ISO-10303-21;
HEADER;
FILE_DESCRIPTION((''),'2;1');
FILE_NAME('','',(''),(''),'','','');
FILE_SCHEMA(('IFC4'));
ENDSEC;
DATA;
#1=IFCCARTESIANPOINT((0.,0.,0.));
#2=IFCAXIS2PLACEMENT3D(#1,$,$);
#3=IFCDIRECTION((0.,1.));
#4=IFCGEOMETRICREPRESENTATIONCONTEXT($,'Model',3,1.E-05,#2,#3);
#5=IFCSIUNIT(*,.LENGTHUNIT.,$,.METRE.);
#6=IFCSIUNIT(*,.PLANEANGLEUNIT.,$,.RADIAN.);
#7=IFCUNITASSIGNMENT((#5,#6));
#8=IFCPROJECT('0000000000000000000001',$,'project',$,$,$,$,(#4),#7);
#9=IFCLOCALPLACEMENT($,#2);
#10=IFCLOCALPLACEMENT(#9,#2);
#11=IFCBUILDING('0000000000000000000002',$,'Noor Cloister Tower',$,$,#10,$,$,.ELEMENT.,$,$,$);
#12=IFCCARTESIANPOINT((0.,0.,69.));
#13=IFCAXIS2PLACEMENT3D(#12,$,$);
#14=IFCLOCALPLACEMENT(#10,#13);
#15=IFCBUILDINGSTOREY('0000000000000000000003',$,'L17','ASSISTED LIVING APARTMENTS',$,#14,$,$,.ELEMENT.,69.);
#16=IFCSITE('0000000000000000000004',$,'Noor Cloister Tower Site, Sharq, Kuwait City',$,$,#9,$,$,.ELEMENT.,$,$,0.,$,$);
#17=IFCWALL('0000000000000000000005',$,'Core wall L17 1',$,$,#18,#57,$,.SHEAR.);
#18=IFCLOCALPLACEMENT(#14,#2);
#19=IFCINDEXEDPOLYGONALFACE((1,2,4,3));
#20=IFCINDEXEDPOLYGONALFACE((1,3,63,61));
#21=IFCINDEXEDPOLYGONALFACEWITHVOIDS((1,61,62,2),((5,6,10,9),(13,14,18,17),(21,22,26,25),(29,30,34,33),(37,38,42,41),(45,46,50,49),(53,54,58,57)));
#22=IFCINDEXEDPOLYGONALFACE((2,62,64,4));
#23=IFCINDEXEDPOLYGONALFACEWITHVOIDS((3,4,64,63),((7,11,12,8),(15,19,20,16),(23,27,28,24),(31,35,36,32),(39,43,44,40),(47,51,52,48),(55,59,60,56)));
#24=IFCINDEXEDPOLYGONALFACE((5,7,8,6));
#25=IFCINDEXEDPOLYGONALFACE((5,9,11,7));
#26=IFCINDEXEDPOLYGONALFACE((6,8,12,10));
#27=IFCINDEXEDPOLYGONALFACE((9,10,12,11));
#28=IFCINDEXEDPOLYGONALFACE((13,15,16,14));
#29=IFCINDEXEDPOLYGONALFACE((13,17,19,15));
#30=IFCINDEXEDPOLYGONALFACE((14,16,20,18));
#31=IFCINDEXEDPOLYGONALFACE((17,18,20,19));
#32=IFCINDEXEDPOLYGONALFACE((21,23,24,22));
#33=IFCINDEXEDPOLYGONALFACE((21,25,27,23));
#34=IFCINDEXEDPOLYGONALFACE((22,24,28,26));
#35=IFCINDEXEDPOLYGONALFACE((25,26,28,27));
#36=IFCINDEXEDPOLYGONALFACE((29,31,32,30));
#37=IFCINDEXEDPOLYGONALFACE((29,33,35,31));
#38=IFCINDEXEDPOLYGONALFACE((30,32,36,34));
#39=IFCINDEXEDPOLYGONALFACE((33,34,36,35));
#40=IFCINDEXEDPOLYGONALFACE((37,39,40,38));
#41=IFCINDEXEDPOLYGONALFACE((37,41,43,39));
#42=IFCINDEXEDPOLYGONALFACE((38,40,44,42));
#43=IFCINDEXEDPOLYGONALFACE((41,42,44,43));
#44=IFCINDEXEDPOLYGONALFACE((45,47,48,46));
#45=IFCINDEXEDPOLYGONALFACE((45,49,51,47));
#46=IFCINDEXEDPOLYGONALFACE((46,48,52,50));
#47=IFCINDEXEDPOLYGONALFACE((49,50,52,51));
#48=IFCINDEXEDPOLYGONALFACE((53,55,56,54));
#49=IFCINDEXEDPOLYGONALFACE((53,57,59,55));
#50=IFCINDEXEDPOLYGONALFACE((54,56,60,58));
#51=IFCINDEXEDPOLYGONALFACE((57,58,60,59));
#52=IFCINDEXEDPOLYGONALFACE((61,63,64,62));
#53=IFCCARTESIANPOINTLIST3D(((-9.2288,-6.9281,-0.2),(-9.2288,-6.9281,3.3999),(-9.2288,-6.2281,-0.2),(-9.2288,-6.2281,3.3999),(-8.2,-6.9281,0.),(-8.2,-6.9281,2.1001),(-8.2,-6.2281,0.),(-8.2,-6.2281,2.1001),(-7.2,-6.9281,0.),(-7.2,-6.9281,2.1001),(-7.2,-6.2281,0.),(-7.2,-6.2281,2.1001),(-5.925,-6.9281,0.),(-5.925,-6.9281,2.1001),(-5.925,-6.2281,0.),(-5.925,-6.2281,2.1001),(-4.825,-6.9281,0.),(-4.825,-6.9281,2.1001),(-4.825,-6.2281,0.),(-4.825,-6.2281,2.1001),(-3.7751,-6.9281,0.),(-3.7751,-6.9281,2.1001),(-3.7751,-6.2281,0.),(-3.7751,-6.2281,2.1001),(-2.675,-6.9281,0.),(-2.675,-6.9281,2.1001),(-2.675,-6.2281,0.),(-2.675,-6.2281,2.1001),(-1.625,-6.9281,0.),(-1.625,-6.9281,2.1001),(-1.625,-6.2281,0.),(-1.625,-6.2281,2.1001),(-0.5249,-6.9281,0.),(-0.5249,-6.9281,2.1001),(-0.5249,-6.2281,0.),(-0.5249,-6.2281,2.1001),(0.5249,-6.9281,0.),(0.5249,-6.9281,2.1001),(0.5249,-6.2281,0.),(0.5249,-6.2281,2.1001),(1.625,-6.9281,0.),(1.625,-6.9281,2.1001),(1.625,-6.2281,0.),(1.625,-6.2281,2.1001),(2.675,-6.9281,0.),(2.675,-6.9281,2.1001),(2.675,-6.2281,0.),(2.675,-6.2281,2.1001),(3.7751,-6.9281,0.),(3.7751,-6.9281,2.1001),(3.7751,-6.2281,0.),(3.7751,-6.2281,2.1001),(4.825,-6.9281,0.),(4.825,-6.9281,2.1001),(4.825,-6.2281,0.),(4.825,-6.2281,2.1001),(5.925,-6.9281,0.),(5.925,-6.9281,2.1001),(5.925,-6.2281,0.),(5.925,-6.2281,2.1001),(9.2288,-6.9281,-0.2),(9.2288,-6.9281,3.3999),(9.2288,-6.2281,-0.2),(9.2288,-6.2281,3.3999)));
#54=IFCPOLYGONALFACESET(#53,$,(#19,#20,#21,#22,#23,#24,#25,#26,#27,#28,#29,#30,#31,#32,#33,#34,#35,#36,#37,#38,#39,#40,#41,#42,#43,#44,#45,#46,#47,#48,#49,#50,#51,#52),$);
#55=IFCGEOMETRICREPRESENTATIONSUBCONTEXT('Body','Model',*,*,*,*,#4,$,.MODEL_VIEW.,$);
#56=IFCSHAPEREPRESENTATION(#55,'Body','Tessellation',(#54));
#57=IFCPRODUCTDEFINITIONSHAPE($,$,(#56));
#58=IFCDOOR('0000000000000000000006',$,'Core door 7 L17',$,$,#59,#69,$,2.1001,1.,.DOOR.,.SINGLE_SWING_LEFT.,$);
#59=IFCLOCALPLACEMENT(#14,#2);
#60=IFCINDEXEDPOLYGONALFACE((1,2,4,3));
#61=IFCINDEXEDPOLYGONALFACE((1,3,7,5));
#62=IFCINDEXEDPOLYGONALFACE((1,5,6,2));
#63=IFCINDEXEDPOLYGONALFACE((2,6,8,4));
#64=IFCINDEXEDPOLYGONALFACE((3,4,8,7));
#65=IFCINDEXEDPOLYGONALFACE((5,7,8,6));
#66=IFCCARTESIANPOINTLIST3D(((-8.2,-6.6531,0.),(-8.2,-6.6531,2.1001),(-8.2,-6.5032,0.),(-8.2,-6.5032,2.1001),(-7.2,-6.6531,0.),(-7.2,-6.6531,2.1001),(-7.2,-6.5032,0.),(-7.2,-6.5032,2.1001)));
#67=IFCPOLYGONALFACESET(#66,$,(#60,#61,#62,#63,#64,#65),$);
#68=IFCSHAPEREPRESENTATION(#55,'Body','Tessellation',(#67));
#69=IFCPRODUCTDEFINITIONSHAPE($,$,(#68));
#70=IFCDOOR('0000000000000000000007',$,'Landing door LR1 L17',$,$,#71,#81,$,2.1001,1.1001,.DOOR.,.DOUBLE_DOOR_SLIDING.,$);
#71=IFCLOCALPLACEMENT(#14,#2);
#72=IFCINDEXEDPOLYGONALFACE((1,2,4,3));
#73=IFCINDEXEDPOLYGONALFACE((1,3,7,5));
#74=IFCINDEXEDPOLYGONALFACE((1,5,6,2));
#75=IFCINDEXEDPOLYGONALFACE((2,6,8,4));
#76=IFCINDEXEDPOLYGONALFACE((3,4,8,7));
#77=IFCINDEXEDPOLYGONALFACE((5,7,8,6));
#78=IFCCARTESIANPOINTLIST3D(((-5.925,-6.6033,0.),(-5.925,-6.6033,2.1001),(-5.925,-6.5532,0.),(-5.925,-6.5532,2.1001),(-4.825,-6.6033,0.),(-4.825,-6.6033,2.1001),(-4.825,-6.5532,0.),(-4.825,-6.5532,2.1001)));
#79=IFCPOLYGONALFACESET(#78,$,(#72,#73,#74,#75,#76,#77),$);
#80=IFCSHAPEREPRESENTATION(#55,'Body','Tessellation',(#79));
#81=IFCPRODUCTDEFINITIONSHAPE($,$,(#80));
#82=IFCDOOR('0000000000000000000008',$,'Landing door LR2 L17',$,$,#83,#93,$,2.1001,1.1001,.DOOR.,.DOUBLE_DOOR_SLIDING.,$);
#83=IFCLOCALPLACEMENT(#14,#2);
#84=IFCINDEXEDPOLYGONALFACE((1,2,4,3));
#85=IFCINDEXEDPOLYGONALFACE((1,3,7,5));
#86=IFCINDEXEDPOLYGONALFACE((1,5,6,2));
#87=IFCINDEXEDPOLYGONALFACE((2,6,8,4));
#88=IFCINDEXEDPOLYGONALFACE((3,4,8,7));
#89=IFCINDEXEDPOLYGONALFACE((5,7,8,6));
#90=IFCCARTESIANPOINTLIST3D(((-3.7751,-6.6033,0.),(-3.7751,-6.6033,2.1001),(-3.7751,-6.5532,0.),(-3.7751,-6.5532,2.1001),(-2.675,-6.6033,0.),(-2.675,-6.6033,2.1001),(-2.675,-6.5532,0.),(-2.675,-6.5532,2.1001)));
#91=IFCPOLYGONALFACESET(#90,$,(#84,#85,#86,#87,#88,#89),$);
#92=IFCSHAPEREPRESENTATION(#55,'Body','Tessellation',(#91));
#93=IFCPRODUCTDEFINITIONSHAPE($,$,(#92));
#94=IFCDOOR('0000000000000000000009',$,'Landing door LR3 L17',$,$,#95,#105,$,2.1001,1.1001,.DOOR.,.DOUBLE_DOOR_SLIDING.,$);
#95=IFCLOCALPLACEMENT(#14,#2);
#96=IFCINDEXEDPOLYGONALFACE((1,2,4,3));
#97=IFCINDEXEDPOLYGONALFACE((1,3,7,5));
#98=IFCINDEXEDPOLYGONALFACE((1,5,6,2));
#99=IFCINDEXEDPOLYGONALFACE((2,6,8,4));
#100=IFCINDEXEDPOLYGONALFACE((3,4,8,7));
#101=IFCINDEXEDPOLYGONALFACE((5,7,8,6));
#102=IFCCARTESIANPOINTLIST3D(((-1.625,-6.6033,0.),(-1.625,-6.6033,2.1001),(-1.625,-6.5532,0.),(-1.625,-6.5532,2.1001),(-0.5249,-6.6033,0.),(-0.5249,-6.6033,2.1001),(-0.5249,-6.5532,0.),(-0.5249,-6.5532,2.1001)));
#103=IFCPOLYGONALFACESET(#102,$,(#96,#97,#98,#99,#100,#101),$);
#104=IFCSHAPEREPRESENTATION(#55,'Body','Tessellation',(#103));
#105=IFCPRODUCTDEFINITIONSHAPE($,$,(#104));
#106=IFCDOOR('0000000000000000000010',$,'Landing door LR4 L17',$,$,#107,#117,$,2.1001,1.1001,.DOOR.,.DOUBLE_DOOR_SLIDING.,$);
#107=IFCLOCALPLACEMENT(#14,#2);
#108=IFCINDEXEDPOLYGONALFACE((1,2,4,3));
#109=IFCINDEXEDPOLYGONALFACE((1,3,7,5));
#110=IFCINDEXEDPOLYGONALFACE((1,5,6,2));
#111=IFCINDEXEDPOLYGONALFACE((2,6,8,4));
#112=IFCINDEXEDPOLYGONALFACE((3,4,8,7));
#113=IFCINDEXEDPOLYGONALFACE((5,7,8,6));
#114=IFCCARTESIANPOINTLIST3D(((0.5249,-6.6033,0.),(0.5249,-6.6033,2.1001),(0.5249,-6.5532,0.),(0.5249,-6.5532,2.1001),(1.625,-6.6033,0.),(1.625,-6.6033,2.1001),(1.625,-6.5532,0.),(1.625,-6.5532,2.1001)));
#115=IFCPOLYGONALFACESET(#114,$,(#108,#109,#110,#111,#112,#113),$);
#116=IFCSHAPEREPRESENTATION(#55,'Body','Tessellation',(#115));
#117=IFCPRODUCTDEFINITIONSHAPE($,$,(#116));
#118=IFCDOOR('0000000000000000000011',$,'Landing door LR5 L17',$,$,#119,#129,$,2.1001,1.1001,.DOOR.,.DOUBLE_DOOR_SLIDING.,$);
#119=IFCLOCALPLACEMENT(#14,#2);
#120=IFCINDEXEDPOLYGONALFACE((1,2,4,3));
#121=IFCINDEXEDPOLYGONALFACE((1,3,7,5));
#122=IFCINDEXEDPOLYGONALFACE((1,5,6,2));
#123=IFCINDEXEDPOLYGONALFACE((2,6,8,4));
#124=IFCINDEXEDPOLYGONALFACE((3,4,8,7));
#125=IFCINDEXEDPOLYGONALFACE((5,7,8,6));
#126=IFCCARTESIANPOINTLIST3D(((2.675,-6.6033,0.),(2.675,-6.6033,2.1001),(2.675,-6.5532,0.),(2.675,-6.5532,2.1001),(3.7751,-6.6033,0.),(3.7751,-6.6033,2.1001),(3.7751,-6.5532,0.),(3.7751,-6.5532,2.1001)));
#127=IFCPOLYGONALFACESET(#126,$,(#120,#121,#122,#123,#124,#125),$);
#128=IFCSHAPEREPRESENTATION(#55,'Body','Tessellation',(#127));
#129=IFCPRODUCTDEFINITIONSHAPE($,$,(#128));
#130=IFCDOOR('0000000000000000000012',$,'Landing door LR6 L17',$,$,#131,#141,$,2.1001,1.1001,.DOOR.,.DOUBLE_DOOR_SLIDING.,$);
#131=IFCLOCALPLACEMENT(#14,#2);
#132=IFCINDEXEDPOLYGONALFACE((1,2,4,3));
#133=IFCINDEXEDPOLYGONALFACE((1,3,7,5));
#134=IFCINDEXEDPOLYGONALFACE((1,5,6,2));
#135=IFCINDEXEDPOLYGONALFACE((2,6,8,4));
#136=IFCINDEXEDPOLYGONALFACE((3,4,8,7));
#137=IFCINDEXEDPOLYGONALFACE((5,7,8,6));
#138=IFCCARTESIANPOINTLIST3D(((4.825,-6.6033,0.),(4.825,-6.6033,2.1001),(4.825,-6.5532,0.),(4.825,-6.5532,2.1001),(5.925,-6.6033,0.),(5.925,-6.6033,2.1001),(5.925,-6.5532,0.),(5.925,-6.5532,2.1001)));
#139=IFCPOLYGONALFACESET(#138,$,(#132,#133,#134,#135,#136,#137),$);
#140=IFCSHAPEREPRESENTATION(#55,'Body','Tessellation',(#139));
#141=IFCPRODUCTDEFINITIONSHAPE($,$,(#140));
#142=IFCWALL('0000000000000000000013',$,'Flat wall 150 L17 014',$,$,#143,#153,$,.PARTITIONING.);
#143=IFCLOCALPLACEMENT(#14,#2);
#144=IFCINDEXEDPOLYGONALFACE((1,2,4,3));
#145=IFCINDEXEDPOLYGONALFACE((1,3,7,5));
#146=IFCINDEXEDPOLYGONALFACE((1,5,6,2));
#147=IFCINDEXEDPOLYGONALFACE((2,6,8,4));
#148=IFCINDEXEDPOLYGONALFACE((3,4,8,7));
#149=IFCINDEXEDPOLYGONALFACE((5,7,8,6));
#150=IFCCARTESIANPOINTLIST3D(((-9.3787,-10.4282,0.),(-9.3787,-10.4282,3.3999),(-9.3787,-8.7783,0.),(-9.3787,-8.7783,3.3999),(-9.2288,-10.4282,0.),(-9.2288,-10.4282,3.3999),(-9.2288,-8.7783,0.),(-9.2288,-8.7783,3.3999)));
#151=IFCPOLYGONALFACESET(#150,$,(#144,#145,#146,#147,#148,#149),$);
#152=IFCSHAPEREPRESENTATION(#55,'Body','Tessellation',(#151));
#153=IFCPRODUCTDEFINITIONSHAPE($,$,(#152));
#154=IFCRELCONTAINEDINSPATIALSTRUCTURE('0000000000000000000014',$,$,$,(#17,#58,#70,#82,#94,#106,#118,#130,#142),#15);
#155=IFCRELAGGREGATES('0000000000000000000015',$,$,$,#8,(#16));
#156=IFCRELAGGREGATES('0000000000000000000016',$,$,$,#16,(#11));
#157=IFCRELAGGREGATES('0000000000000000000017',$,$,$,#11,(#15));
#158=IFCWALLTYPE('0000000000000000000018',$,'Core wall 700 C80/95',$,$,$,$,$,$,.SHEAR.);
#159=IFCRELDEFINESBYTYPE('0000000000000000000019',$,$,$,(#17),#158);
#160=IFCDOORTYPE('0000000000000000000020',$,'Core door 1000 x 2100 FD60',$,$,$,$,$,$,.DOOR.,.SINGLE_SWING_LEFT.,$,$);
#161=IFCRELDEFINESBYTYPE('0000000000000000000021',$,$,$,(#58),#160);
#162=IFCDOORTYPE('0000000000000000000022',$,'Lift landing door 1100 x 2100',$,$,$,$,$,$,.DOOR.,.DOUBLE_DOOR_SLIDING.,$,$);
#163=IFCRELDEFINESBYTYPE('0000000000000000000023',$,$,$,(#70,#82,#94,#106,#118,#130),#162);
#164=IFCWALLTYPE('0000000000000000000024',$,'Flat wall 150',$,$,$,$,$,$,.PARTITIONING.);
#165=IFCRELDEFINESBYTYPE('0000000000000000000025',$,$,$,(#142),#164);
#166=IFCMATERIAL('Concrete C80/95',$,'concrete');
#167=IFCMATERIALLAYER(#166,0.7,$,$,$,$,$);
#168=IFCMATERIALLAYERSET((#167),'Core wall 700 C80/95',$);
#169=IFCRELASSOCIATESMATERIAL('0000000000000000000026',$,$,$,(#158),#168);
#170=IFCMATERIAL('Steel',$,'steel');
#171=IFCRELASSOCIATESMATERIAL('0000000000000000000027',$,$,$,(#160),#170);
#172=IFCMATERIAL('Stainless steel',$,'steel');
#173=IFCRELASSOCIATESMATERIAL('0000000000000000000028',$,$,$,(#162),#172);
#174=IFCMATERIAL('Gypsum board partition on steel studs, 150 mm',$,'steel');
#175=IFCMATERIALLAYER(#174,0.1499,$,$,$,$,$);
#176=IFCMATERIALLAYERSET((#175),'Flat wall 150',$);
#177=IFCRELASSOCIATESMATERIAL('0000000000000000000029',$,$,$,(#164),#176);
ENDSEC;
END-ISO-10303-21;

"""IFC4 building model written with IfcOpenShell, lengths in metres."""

from ifc_helpers import new_model, si_unit, direction, frame, frame_2d, origin, place, context, subcontext, project, spatial, rectangle, extrude, material, layer, layer_set, type_object, element, fill, save


model = new_model("IFC4")

# Units and contexts
model_context = context("Model", 3, precision=1e-05, world=origin(), true_north=direction((0.0, 1.0)))
body_context = subcontext(model_context, "Body", "Model", "MODEL_VIEW")
ifc_project = project(units=[si_unit("LENGTHUNIT", "METRE"), si_unit("PLANEANGLEUNIT", "RADIAN")], contexts=[model_context])

# Site, building, storey
site_placement = place(None, origin())
site = spatial("IfcSite", under=ifc_project, at=site_placement, Name="Noor Cloister Tower Site, Sharq, Kuwait City", CompositionType="ELEMENT", RefElevation=0.0)
building_placement = place(site_placement, origin())
building = spatial("IfcBuilding", under=site, at=building_placement, Name="Noor Cloister Tower", CompositionType="ELEMENT")
storey_placement = place(building_placement, frame((0.0, 0.0, 69.0)))
storey = spatial("IfcBuildingStorey", under=building, at=storey_placement, Name="L17", Description="ASSISTED LIVING APARTMENTS", CompositionType="ELEMENT", Elevation=69.0)

# Wall, openings, doors
ifc_material_1 = material(Name="Concrete C80/95", Category="concrete")
ifc_layer_1 = layer(ifc_material_1, 0.7)
ifc_layer_set_1 = layer_set([ifc_layer_1], Name="Core wall 700 C80/95")
wall_type_1 = type_object("IfcWallType", Name="Core wall 700 C80/95", PredefinedType="SHEAR", material=ifc_layer_set_1)
wall_1_placement = place(storey_placement, frame((-9.2288, -6.5781, -0.2), z_axis=(0.0, 0.0, 1.0), x_axis=(1.0, 0.0, 0.0)))
wall_1 = element("IfcWall", 1, at=wall_1_placement, inside=storey, type_object=wall_type_1, Name="Core wall L17 1", PredefinedType="SHEAR", context=body_context, shape_type="SweptSolid", body=[
    extrude(rectangle(XDim=18.4575, YDim=0.7, at=frame_2d((9.2288, 0.0))), origin(), (0.0, 0.0, 1.0), 3.5999),
])
opening_1_placement = place(wall_1_placement, frame((3.3037, 0.0, 0.2)))
opening_1 = element("IfcOpeningElement", 2, at=opening_1_placement, cuts=wall_1, PredefinedType="OPENING", context=body_context, shape_type="SweptSolid", body=[
    extrude(rectangle(XDim=1.1001, YDim=2.1001, at=frame_2d((0.55, 1.05))), frame((0.0, 0.3599, 0.0), z_axis=(0.0, -1.0, 0.0), x_axis=(1.0, 0.0, 0.0)), (0.0, 0.0, 1.0), 0.72),
])
opening_2_placement = place(wall_1_placement, frame((5.4536, 0.0, 0.2)))
opening_2 = element("IfcOpeningElement", 3, at=opening_2_placement, cuts=wall_1, PredefinedType="OPENING", context=body_context, shape_type="SweptSolid", body=[
    extrude(rectangle(XDim=1.1001, YDim=2.1001, at=frame_2d((0.55, 1.05))), frame((0.0, 0.3599, 0.0), z_axis=(0.0, -1.0, 0.0), x_axis=(1.0, 0.0, 0.0)), (0.0, 0.0, 1.0), 0.72),
])
opening_3_placement = place(wall_1_placement, frame((7.6038, 0.0, 0.2)))
opening_3 = element("IfcOpeningElement", 4, at=opening_3_placement, cuts=wall_1, PredefinedType="OPENING", context=body_context, shape_type="SweptSolid", body=[
    extrude(rectangle(XDim=1.1001, YDim=2.1001, at=frame_2d((0.55, 1.05))), frame((0.0, 0.3599, 0.0), z_axis=(0.0, -1.0, 0.0), x_axis=(1.0, 0.0, 0.0)), (0.0, 0.0, 1.0), 0.72),
])
opening_4_placement = place(wall_1_placement, frame((9.7537, 0.0, 0.2)))
opening_4 = element("IfcOpeningElement", 5, at=opening_4_placement, cuts=wall_1, PredefinedType="OPENING", context=body_context, shape_type="SweptSolid", body=[
    extrude(rectangle(XDim=1.1001, YDim=2.1001, at=frame_2d((0.55, 1.05))), frame((0.0, 0.3599, 0.0), z_axis=(0.0, -1.0, 0.0), x_axis=(1.0, 0.0, 0.0)), (0.0, 0.0, 1.0), 0.72),
])
opening_5_placement = place(wall_1_placement, frame((11.9038, 0.0, 0.2)))
opening_5 = element("IfcOpeningElement", 6, at=opening_5_placement, cuts=wall_1, PredefinedType="OPENING", context=body_context, shape_type="SweptSolid", body=[
    extrude(rectangle(XDim=1.1001, YDim=2.1001, at=frame_2d((0.55, 1.05))), frame((0.0, 0.3599, 0.0), z_axis=(0.0, -1.0, 0.0), x_axis=(1.0, 0.0, 0.0)), (0.0, 0.0, 1.0), 0.72),
])
opening_6_placement = place(wall_1_placement, frame((14.0537, 0.0, 0.2)))
opening_6 = element("IfcOpeningElement", 7, at=opening_6_placement, cuts=wall_1, PredefinedType="OPENING", context=body_context, shape_type="SweptSolid", body=[
    extrude(rectangle(XDim=1.1001, YDim=2.1001, at=frame_2d((0.55, 1.05))), frame((0.0, 0.3599, 0.0), z_axis=(0.0, -1.0, 0.0), x_axis=(1.0, 0.0, 0.0)), (0.0, 0.0, 1.0), 0.72),
])
opening_7_placement = place(wall_1_placement, frame((1.0288, 0.0, 0.2)))
opening_7 = element("IfcOpeningElement", 8, at=opening_7_placement, cuts=wall_1, PredefinedType="OPENING", context=body_context, shape_type="SweptSolid", body=[
    extrude(rectangle(XDim=1.0, YDim=2.1001, at=frame_2d((0.5, 1.05))), frame((0.0, 0.3599, 0.0), z_axis=(0.0, -1.0, 0.0), x_axis=(1.0, 0.0, 0.0)), (0.0, 0.0, 1.0), 0.72),
])
ifc_material_2 = material(Name="Steel", Category="steel")
door_type_1 = type_object("IfcDoorType", Name="Core door 1000 x 2100 FD60", OperationType="SINGLE_SWING_LEFT", PredefinedType="DOOR", material=ifc_material_2)
door_1_placement = place(opening_7_placement, origin())
door_1 = element("IfcDoor", 9, at=door_1_placement, inside=storey, type_object=door_type_1, Name="Core door 7 L17", OperationType="SINGLE_SWING_LEFT", OverallHeight=2.1001, OverallWidth=1.0, PredefinedType="DOOR", context=body_context, shape_type="SweptSolid", body=[
    extrude(rectangle(XDim=1.0, YDim=2.1001, at=frame_2d((0.5, 1.05))), frame((0.0, 0.075, 0.0), z_axis=(0.0, -1.0, 0.0), x_axis=(1.0, 0.0, 0.0)), (0.0, 0.0, 1.0), 0.1499),
])
fill(opening_7, door_1)
ifc_material_3 = material(Name="Stainless steel", Category="steel")
door_type_2 = type_object("IfcDoorType", Name="Lift landing door 1100 x 2100", OperationType="DOUBLE_DOOR_SLIDING", PredefinedType="DOOR", material=ifc_material_3)
door_2_placement = place(opening_1_placement, origin())
door_2 = element("IfcDoor", 10, at=door_2_placement, inside=storey, type_object=door_type_2, Name="Landing door LR1 L17", OperationType="DOUBLE_DOOR_SLIDING", OverallHeight=2.1001, OverallWidth=1.1001, PredefinedType="DOOR", context=body_context, shape_type="SweptSolid", body=[
    extrude(rectangle(XDim=1.1001, YDim=2.1001, at=frame_2d((0.55, 1.05))), frame((0.0, 0.0249, 0.0), z_axis=(0.0, -1.0, 0.0), x_axis=(1.0, 0.0, 0.0)), (0.0, 0.0, 1.0), 0.05),
])
fill(opening_1, door_2)
door_3_placement = place(opening_2_placement, origin())
door_3 = element("IfcDoor", 11, at=door_3_placement, inside=storey, type_object=door_type_2, Name="Landing door LR2 L17", OperationType="DOUBLE_DOOR_SLIDING", OverallHeight=2.1001, OverallWidth=1.1001, PredefinedType="DOOR", context=body_context, shape_type="SweptSolid", body=[
    extrude(rectangle(XDim=1.1001, YDim=2.1001, at=frame_2d((0.55, 1.05))), frame((0.0, 0.0249, 0.0), z_axis=(0.0, -1.0, 0.0), x_axis=(1.0, 0.0, 0.0)), (0.0, 0.0, 1.0), 0.05),
])
fill(opening_2, door_3)
door_4_placement = place(opening_3_placement, origin())
door_4 = element("IfcDoor", 12, at=door_4_placement, inside=storey, type_object=door_type_2, Name="Landing door LR3 L17", OperationType="DOUBLE_DOOR_SLIDING", OverallHeight=2.1001, OverallWidth=1.1001, PredefinedType="DOOR", context=body_context, shape_type="SweptSolid", body=[
    extrude(rectangle(XDim=1.1001, YDim=2.1001, at=frame_2d((0.55, 1.05))), frame((0.0, 0.0249, 0.0), z_axis=(0.0, -1.0, 0.0), x_axis=(1.0, 0.0, 0.0)), (0.0, 0.0, 1.0), 0.05),
])
fill(opening_3, door_4)
door_5_placement = place(opening_4_placement, origin())
door_5 = element("IfcDoor", 13, at=door_5_placement, inside=storey, type_object=door_type_2, Name="Landing door LR4 L17", OperationType="DOUBLE_DOOR_SLIDING", OverallHeight=2.1001, OverallWidth=1.1001, PredefinedType="DOOR", context=body_context, shape_type="SweptSolid", body=[
    extrude(rectangle(XDim=1.1001, YDim=2.1001, at=frame_2d((0.55, 1.05))), frame((0.0, 0.0249, 0.0), z_axis=(0.0, -1.0, 0.0), x_axis=(1.0, 0.0, 0.0)), (0.0, 0.0, 1.0), 0.05),
])
fill(opening_4, door_5)
door_6_placement = place(opening_5_placement, origin())
door_6 = element("IfcDoor", 14, at=door_6_placement, inside=storey, type_object=door_type_2, Name="Landing door LR5 L17", OperationType="DOUBLE_DOOR_SLIDING", OverallHeight=2.1001, OverallWidth=1.1001, PredefinedType="DOOR", context=body_context, shape_type="SweptSolid", body=[
    extrude(rectangle(XDim=1.1001, YDim=2.1001, at=frame_2d((0.55, 1.05))), frame((0.0, 0.0249, 0.0), z_axis=(0.0, -1.0, 0.0), x_axis=(1.0, 0.0, 0.0)), (0.0, 0.0, 1.0), 0.05),
])
fill(opening_5, door_6)
door_7_placement = place(opening_6_placement, origin())
door_7 = element("IfcDoor", 15, at=door_7_placement, inside=storey, type_object=door_type_2, Name="Landing door LR6 L17", OperationType="DOUBLE_DOOR_SLIDING", OverallHeight=2.1001, OverallWidth=1.1001, PredefinedType="DOOR", context=body_context, shape_type="SweptSolid", body=[
    extrude(rectangle(XDim=1.1001, YDim=2.1001, at=frame_2d((0.55, 1.05))), frame((0.0, 0.0249, 0.0), z_axis=(0.0, -1.0, 0.0), x_axis=(1.0, 0.0, 0.0)), (0.0, 0.0, 1.0), 0.05),
])
fill(opening_6, door_7)

# Wall
ifc_material_4 = material(Name="Gypsum board partition on steel studs, 150 mm", Category="steel")
ifc_layer_2 = layer(ifc_material_4, 0.1499)
ifc_layer_set_2 = layer_set([ifc_layer_2], Name="Flat wall 150")
wall_type_2 = type_object("IfcWallType", Name="Flat wall 150", PredefinedType="PARTITIONING", material=ifc_layer_set_2)
wall_2_placement = place(storey_placement, frame((-9.3037, -10.4282, 0.0), z_axis=(0.0, 0.0, 1.0), x_axis=(0.0, 1.0, 0.0)))
element("IfcWall", 16, at=wall_2_placement, inside=storey, type_object=wall_type_2, Name="Flat wall 150 L17 014", PredefinedType="PARTITIONING", context=body_context, shape_type="SweptSolid", body=[
    extrude(rectangle(XDim=1.6499, YDim=0.1499, at=frame_2d((0.825, 0.0))), origin(), (0.0, 0.0, 1.0), 3.3999),
])

save(model, "model.ifc")
